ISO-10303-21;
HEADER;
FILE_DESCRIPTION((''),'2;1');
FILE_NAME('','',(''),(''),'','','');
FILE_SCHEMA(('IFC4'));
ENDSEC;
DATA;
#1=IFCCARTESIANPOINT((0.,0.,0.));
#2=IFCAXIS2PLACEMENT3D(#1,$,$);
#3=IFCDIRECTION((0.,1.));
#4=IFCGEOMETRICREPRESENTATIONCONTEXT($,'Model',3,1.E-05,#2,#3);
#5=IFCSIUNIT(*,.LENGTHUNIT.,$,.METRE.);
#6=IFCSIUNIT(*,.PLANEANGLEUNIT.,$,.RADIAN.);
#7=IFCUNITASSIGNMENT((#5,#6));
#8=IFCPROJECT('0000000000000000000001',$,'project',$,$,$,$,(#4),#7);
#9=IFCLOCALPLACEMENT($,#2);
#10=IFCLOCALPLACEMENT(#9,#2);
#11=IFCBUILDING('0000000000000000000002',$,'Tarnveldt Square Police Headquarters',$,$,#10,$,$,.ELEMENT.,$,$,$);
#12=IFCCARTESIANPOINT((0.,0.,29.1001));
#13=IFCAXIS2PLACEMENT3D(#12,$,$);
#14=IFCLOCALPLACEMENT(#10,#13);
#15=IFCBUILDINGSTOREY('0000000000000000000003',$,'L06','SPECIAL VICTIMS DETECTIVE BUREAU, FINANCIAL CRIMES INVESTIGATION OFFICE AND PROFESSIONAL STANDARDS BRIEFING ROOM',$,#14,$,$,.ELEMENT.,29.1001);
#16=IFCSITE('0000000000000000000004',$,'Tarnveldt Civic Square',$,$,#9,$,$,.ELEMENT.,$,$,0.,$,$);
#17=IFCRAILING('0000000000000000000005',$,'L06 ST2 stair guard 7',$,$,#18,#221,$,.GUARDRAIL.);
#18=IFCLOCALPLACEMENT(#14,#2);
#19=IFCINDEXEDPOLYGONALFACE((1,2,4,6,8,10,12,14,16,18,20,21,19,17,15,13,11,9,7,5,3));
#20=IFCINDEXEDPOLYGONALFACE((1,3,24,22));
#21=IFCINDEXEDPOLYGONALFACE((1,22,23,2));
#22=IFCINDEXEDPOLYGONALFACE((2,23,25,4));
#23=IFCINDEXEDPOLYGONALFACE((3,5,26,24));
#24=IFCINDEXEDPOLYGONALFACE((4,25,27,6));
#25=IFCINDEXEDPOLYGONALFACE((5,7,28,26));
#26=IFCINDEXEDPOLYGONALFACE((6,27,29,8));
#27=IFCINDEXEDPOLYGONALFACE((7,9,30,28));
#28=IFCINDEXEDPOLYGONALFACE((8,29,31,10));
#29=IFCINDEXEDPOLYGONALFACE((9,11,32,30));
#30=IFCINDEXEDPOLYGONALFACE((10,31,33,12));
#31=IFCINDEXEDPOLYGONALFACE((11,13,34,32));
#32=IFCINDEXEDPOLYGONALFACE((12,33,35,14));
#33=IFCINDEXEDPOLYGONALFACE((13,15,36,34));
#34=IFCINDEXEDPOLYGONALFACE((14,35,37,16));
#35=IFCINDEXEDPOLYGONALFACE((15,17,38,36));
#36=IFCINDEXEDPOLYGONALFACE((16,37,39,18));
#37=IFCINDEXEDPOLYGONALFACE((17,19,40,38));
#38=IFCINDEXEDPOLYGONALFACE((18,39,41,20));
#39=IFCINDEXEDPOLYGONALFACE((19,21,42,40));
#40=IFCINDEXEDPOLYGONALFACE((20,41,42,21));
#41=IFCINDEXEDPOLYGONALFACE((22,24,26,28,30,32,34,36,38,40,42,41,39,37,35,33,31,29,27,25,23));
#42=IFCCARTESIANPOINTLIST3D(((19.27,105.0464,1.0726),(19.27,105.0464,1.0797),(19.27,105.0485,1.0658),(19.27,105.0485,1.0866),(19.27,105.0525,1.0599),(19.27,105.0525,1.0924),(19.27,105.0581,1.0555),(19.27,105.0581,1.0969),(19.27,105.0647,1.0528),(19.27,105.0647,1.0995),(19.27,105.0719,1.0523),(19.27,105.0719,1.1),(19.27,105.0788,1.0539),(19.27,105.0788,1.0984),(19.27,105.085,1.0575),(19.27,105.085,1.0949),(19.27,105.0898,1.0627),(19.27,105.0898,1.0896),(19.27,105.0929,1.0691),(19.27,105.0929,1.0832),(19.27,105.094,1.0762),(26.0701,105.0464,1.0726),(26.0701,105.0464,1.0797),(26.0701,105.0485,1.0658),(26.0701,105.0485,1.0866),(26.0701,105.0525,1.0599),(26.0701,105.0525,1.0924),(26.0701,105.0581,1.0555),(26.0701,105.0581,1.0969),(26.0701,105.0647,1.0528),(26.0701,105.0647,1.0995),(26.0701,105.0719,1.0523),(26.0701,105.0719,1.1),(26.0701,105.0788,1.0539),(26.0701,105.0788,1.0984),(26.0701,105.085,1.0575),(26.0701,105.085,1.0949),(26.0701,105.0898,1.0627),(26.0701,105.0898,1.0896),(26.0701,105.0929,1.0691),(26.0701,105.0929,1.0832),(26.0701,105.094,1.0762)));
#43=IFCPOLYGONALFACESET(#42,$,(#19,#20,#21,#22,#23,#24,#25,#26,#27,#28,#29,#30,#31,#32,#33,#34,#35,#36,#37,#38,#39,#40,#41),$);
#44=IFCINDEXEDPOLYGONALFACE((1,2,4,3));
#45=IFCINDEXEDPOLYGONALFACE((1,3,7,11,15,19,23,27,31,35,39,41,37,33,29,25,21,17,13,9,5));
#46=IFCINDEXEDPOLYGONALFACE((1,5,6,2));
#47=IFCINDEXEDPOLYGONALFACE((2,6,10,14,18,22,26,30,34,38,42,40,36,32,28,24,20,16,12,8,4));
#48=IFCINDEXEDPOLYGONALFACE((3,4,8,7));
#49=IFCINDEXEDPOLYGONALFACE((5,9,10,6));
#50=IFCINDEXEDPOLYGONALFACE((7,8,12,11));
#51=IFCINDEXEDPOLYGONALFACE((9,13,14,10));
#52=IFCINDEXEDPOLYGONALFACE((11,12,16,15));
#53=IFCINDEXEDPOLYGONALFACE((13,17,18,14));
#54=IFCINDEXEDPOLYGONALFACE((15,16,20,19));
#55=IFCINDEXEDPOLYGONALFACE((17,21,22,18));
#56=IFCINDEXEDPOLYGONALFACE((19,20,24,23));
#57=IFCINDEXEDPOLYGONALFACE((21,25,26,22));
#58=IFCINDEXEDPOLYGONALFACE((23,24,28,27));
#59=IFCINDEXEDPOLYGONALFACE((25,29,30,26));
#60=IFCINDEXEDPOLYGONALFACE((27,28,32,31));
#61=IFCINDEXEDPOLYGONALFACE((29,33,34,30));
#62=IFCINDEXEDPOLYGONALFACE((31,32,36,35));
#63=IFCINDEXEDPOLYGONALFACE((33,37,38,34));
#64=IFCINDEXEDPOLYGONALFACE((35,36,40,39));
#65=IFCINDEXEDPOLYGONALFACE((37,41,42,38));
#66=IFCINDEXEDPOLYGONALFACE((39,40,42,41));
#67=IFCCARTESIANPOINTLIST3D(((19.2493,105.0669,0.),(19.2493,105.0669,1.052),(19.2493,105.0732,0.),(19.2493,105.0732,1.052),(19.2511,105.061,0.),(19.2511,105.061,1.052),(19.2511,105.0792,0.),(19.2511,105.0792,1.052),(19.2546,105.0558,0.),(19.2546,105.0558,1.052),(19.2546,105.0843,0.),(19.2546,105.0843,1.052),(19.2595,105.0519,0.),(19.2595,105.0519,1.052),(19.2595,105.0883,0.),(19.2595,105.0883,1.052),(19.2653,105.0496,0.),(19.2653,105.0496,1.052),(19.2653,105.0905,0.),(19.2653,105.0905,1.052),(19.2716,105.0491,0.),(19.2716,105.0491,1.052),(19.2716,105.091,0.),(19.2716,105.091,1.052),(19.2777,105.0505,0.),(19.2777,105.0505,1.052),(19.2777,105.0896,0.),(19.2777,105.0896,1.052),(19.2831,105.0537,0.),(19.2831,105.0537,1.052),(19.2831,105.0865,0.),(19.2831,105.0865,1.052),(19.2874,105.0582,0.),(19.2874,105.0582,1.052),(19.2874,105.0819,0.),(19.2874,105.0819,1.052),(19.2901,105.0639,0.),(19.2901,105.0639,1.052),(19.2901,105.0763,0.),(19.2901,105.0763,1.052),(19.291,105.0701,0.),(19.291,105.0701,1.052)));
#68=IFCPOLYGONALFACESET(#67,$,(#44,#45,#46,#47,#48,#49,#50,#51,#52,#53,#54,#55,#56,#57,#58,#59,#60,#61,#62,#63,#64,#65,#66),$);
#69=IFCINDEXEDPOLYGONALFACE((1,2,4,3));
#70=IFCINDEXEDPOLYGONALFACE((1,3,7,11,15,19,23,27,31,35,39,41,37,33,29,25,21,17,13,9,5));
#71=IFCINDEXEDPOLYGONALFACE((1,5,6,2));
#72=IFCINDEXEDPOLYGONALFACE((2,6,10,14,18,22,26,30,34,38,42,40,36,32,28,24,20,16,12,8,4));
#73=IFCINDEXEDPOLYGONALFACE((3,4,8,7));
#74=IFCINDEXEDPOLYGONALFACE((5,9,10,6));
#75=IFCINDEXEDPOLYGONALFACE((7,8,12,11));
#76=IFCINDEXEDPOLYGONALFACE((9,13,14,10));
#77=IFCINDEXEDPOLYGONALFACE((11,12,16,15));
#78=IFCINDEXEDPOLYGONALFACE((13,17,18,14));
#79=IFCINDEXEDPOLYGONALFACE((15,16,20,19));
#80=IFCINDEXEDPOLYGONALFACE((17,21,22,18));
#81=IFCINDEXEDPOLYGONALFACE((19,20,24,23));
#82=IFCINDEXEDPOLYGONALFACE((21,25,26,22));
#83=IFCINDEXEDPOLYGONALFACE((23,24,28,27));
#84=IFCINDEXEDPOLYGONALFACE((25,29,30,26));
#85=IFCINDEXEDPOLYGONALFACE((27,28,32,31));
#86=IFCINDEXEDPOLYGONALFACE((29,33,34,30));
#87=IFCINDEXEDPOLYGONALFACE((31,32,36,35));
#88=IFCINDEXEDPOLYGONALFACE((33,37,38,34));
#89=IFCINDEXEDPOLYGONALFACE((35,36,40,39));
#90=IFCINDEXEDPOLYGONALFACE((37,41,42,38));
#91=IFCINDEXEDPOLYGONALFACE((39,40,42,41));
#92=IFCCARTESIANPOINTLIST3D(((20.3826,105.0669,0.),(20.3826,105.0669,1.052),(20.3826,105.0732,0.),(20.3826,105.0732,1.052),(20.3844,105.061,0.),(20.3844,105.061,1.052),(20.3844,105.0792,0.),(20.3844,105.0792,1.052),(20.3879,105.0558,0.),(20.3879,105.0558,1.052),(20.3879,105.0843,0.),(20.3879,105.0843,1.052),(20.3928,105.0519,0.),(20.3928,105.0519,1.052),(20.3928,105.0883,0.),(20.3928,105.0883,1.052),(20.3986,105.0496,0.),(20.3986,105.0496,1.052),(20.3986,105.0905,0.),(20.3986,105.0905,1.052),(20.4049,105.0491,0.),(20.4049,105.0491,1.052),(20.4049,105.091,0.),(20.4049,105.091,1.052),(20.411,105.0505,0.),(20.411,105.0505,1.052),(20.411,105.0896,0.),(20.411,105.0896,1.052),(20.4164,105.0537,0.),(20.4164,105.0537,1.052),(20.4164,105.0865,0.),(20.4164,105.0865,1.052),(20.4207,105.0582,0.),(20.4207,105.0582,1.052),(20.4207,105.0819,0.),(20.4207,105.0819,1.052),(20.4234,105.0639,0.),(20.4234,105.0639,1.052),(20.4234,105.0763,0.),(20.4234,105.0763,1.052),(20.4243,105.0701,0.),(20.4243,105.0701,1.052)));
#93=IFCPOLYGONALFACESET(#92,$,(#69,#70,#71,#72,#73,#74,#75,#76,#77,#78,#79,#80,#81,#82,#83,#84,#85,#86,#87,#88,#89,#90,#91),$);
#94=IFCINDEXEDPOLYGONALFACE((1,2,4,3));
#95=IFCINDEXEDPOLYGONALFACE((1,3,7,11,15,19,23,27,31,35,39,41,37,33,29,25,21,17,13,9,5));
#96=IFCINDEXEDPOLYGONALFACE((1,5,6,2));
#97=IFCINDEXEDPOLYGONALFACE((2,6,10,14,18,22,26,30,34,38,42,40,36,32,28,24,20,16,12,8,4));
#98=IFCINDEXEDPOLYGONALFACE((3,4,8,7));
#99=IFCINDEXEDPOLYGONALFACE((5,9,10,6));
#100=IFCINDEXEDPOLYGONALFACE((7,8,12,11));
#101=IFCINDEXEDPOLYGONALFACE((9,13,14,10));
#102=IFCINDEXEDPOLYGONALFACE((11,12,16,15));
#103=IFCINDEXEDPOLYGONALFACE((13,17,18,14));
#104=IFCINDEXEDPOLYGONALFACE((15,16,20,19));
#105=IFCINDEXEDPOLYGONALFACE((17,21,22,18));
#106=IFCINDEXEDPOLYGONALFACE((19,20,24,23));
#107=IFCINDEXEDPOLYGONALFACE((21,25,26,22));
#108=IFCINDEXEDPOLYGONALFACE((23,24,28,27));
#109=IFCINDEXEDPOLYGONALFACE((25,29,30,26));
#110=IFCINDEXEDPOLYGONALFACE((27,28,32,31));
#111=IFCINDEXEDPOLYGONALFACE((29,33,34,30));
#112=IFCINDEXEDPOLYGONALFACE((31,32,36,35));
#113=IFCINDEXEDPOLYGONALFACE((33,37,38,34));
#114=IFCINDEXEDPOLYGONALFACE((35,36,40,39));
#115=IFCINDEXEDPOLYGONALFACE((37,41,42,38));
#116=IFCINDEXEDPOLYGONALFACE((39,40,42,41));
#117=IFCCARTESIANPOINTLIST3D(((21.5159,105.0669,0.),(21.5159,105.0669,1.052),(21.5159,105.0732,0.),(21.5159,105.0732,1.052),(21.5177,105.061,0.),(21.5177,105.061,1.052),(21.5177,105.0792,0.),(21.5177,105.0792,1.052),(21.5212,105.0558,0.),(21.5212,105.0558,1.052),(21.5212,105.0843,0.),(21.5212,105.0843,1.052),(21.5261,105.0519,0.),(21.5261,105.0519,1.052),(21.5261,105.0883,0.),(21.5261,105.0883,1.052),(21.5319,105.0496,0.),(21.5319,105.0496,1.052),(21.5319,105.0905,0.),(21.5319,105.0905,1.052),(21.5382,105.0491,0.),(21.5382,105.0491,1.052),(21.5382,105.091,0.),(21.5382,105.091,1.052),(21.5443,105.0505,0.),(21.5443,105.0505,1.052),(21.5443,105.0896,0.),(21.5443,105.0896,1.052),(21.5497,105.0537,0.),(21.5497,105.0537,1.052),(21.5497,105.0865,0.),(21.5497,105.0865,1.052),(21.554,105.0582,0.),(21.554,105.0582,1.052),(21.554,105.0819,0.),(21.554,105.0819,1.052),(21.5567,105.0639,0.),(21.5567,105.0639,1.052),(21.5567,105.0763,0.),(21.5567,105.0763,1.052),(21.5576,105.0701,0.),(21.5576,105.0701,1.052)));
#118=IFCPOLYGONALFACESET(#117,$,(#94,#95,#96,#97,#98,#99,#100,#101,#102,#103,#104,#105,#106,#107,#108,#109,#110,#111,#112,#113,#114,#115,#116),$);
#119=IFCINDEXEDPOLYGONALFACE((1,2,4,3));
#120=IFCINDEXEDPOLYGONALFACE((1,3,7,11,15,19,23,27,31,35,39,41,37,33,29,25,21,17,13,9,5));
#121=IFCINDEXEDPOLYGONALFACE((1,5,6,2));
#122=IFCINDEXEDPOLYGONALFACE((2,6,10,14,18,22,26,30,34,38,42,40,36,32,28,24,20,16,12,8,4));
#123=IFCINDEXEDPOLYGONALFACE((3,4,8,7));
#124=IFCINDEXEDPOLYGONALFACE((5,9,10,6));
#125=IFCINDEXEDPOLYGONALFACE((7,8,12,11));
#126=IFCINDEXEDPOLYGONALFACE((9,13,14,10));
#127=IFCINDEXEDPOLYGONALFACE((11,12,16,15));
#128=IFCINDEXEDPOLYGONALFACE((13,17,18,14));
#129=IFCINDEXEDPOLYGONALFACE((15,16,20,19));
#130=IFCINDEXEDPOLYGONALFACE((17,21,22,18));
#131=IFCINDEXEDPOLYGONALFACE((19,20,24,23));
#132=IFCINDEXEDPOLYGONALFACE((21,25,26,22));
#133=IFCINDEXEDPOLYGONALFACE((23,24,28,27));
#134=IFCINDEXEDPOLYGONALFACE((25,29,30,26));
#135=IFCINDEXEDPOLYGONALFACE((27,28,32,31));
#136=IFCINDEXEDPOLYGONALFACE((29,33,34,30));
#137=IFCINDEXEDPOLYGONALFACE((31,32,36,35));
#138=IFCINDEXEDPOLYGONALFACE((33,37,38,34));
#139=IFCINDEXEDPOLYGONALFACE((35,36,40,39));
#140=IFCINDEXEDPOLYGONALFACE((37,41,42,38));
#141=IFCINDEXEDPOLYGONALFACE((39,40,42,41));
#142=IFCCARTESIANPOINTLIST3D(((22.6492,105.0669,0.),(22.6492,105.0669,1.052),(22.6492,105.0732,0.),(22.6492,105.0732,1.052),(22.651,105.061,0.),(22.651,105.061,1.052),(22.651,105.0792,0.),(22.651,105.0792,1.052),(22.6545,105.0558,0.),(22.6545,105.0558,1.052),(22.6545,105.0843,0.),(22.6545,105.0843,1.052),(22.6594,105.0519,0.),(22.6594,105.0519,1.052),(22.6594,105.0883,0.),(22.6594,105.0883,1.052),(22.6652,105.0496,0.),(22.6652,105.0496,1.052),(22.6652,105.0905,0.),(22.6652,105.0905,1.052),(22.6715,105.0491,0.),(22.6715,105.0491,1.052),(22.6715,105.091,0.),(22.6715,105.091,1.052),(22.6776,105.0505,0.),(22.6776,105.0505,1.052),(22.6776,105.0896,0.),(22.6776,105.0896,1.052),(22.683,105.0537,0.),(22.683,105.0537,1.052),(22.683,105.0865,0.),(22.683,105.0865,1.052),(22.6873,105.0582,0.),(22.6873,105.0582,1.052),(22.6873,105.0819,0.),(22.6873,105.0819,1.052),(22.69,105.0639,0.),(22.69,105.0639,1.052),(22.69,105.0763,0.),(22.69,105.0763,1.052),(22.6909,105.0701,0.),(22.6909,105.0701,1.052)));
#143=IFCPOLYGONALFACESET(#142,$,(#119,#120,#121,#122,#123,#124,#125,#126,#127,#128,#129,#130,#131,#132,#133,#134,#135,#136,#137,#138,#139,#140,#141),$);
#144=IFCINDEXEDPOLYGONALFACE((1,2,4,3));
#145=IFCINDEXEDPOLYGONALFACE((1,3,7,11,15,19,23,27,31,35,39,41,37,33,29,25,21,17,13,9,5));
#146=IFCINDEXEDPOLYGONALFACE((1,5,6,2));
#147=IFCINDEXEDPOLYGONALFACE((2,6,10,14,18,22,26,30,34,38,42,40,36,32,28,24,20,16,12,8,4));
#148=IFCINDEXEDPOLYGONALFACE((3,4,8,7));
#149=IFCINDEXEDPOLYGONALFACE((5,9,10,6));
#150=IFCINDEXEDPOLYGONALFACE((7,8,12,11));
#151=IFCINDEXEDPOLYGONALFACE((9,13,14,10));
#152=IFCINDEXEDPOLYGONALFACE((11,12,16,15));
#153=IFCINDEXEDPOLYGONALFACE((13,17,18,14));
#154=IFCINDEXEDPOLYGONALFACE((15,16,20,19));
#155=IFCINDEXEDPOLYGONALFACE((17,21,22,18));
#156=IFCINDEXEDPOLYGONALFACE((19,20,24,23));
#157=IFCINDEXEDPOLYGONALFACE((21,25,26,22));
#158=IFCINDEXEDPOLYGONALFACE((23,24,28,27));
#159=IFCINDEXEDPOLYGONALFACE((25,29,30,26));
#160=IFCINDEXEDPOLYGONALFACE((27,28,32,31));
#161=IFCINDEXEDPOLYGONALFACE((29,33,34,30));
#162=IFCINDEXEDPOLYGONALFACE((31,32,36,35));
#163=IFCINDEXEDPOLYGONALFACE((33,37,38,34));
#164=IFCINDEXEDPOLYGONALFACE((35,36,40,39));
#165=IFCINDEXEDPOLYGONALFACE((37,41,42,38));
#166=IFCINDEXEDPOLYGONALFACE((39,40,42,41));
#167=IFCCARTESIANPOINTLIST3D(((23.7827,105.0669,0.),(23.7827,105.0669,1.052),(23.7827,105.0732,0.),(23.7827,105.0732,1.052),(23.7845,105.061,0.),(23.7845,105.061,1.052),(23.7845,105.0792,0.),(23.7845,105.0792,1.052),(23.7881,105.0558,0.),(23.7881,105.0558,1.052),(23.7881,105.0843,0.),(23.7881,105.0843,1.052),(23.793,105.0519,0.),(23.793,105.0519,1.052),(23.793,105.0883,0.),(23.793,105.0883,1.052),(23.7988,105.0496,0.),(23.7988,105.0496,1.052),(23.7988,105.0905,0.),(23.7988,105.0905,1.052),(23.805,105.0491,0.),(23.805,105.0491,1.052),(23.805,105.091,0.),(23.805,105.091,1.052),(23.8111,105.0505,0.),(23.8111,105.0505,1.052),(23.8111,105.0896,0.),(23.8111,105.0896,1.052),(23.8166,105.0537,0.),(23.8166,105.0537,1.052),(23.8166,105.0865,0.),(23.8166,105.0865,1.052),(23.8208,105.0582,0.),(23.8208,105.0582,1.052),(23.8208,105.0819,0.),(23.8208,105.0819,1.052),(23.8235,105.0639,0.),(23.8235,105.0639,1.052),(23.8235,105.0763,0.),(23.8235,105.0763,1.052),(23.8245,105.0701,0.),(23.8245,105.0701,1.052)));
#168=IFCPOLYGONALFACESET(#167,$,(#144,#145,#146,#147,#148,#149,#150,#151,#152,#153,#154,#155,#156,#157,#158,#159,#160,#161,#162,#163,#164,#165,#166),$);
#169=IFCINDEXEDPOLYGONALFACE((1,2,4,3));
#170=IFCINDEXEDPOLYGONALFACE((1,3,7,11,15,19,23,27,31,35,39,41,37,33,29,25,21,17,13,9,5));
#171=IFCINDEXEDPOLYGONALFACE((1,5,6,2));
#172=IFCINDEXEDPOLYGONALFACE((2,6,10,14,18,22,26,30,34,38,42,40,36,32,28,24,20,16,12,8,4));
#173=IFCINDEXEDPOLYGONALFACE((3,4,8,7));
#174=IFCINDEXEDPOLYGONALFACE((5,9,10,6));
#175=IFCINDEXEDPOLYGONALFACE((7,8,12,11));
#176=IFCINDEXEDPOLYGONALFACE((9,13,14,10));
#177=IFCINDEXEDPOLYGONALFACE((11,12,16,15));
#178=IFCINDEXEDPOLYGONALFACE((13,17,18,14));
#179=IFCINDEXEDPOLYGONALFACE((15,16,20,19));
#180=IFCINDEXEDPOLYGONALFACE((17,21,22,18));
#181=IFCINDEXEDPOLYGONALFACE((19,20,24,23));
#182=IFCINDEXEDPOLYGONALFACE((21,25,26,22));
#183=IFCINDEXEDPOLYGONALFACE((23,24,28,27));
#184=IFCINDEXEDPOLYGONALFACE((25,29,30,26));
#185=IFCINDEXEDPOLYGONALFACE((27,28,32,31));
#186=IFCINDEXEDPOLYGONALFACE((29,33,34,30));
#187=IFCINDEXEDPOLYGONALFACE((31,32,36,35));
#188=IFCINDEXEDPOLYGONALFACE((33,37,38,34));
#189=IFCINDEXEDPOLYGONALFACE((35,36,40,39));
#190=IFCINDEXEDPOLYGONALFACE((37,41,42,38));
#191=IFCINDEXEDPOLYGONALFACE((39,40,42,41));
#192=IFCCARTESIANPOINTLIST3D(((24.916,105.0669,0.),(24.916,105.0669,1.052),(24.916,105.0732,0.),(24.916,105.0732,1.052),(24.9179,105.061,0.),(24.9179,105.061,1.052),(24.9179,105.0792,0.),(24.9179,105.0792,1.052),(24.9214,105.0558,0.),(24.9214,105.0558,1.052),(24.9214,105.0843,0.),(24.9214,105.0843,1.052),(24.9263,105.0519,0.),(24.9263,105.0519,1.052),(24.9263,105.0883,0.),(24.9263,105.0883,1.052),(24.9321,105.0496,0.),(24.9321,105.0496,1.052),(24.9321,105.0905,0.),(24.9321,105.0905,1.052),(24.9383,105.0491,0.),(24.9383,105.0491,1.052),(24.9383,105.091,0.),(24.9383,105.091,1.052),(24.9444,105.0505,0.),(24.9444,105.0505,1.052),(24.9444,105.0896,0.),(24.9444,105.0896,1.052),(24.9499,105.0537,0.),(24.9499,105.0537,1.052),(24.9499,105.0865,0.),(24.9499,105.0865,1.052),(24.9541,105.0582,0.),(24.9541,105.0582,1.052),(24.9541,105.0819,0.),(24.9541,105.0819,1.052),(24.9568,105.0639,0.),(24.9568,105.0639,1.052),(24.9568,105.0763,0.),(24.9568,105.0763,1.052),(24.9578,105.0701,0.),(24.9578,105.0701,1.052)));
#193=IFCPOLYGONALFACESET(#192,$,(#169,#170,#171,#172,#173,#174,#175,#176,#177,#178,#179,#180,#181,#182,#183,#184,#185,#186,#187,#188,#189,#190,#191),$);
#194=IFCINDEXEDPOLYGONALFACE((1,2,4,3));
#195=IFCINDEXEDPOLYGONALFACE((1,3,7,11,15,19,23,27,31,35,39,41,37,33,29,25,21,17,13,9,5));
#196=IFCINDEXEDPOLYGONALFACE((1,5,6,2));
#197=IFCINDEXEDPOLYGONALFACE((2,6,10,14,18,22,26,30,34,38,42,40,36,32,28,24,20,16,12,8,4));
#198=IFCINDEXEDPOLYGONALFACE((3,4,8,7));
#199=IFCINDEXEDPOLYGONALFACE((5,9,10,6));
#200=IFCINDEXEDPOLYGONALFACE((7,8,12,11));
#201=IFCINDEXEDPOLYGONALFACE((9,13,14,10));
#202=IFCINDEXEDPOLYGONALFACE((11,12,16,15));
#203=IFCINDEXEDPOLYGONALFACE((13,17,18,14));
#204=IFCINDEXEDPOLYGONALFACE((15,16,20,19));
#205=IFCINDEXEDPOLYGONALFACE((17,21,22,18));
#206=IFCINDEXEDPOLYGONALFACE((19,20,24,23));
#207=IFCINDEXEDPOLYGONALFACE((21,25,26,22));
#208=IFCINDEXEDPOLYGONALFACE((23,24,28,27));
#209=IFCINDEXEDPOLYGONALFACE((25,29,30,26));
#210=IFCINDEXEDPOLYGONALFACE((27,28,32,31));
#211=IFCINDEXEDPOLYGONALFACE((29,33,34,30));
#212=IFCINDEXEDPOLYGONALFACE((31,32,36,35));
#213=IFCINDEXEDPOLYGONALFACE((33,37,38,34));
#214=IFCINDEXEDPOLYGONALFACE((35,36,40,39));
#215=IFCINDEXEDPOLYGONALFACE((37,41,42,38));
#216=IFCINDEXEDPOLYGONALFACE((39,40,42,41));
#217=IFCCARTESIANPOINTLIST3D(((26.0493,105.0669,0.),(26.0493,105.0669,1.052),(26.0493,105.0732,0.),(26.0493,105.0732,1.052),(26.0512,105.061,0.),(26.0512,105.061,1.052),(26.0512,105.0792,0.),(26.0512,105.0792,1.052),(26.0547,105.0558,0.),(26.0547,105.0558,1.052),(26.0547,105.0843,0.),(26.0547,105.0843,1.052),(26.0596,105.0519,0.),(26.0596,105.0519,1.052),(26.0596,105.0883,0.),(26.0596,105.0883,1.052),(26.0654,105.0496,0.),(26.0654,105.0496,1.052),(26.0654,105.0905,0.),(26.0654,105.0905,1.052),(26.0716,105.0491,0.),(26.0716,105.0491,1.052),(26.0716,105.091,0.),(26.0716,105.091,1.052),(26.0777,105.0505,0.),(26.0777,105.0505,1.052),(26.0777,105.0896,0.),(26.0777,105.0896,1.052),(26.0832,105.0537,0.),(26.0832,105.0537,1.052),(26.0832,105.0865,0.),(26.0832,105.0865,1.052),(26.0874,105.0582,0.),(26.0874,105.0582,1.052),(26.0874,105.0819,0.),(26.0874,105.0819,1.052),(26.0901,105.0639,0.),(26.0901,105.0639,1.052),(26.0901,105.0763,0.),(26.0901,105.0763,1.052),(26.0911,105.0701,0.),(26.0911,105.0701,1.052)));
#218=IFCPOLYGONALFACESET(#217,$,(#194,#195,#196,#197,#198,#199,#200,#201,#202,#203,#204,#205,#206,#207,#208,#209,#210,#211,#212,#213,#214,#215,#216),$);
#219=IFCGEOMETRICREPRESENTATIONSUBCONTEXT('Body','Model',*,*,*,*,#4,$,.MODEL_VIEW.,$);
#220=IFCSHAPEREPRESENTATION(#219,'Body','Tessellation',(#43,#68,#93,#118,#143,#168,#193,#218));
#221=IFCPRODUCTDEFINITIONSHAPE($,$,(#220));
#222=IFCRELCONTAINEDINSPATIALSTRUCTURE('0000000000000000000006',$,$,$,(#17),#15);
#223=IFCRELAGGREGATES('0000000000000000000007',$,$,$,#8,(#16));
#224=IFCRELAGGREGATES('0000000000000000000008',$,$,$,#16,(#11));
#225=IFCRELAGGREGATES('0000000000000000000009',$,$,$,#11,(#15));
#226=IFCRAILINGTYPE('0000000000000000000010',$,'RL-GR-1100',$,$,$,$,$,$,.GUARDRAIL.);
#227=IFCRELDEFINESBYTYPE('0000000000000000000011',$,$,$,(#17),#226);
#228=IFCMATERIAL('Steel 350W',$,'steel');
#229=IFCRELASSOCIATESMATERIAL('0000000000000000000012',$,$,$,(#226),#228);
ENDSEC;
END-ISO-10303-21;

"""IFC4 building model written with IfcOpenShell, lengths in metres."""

from ifc_helpers import new_model, si_unit, direction, frame, origin, origin_2d, place, context, subcontext, project, spatial, circle, extrude, material, type_object, element, save


model = new_model("IFC4")

# Units and contexts
model_context = context("Model", 3, precision=1e-05, world=origin(), true_north=direction((0.0, 1.0)))
body_context = subcontext(model_context, "Body", "Model", "MODEL_VIEW")
ifc_project = project(units=[si_unit("LENGTHUNIT", "METRE"), si_unit("PLANEANGLEUNIT", "RADIAN")], contexts=[model_context])

# Site, building, storey
site_placement = place(None, origin())
site = spatial("IfcSite", under=ifc_project, at=site_placement, Name="Tarnveldt Civic Square", CompositionType="ELEMENT", RefElevation=0.0)
building_placement = place(site_placement, origin())
building = spatial("IfcBuilding", under=site, at=building_placement, Name="Tarnveldt Square Police Headquarters", CompositionType="ELEMENT")
storey_placement = place(building_placement, frame((0.0, 0.0, 29.1001)))
storey = spatial("IfcBuildingStorey", under=building, at=storey_placement, Name="L06", Description="SPECIAL VICTIMS DETECTIVE BUREAU, FINANCIAL CRIMES INVESTIGATION OFFICE AND PROFESSIONAL STANDARDS BRIEFING ROOM", CompositionType="ELEMENT", Elevation=29.1001)

# Shared definitions
ifc_material_1 = material(Name="Steel 350W", Category="steel")

# Railing
railing_type_1 = type_object("IfcRailingType", Name="RL-GR-1100", PredefinedType="GUARDRAIL", material=ifc_material_1)
railing_1_placement = place(storey_placement, frame((19.27, 105.0701, 0.0)))
element("IfcRailing", 1, at=railing_1_placement, inside=storey, type_object=railing_type_1, Name="L06 ST2 stair guard 7", PredefinedType="GUARDRAIL", context=body_context, shape_type="SweptSolid", body=[
    extrude(circle(Radius=0.0239, at=origin_2d()), frame((0.0, 0.0, 1.0762), z_axis=(1.0, 0.0, 0.0), x_axis=(0.0, 1.0, 0.0)), (0.0, 0.0, 1.0), 6.8),
    extrude(circle(Radius=0.021, at=origin_2d()), origin(), (0.0, 0.0, 1.0), 1.052),
    extrude(circle(Radius=0.021, at=origin_2d()), frame((1.1333, 0.0, 0.0)), (0.0, 0.0, 1.0), 1.052),
    extrude(circle(Radius=0.021, at=origin_2d()), frame((2.2666, 0.0, 0.0)), (0.0, 0.0, 1.0), 1.052),
    extrude(circle(Radius=0.021, at=origin_2d()), frame((3.3999, 0.0, 0.0)), (0.0, 0.0, 1.0), 1.052),
    extrude(circle(Radius=0.021, at=origin_2d()), frame((4.5334, 0.0, 0.0)), (0.0, 0.0, 1.0), 1.052),
    extrude(circle(Radius=0.021, at=origin_2d()), frame((5.6667, 0.0, 0.0)), (0.0, 0.0, 1.0), 1.052),
    extrude(circle(Radius=0.021, at=origin_2d()), frame((6.8, 0.0, 0.0)), (0.0, 0.0, 1.0), 1.052),
])

save(model, "model.ifc")
